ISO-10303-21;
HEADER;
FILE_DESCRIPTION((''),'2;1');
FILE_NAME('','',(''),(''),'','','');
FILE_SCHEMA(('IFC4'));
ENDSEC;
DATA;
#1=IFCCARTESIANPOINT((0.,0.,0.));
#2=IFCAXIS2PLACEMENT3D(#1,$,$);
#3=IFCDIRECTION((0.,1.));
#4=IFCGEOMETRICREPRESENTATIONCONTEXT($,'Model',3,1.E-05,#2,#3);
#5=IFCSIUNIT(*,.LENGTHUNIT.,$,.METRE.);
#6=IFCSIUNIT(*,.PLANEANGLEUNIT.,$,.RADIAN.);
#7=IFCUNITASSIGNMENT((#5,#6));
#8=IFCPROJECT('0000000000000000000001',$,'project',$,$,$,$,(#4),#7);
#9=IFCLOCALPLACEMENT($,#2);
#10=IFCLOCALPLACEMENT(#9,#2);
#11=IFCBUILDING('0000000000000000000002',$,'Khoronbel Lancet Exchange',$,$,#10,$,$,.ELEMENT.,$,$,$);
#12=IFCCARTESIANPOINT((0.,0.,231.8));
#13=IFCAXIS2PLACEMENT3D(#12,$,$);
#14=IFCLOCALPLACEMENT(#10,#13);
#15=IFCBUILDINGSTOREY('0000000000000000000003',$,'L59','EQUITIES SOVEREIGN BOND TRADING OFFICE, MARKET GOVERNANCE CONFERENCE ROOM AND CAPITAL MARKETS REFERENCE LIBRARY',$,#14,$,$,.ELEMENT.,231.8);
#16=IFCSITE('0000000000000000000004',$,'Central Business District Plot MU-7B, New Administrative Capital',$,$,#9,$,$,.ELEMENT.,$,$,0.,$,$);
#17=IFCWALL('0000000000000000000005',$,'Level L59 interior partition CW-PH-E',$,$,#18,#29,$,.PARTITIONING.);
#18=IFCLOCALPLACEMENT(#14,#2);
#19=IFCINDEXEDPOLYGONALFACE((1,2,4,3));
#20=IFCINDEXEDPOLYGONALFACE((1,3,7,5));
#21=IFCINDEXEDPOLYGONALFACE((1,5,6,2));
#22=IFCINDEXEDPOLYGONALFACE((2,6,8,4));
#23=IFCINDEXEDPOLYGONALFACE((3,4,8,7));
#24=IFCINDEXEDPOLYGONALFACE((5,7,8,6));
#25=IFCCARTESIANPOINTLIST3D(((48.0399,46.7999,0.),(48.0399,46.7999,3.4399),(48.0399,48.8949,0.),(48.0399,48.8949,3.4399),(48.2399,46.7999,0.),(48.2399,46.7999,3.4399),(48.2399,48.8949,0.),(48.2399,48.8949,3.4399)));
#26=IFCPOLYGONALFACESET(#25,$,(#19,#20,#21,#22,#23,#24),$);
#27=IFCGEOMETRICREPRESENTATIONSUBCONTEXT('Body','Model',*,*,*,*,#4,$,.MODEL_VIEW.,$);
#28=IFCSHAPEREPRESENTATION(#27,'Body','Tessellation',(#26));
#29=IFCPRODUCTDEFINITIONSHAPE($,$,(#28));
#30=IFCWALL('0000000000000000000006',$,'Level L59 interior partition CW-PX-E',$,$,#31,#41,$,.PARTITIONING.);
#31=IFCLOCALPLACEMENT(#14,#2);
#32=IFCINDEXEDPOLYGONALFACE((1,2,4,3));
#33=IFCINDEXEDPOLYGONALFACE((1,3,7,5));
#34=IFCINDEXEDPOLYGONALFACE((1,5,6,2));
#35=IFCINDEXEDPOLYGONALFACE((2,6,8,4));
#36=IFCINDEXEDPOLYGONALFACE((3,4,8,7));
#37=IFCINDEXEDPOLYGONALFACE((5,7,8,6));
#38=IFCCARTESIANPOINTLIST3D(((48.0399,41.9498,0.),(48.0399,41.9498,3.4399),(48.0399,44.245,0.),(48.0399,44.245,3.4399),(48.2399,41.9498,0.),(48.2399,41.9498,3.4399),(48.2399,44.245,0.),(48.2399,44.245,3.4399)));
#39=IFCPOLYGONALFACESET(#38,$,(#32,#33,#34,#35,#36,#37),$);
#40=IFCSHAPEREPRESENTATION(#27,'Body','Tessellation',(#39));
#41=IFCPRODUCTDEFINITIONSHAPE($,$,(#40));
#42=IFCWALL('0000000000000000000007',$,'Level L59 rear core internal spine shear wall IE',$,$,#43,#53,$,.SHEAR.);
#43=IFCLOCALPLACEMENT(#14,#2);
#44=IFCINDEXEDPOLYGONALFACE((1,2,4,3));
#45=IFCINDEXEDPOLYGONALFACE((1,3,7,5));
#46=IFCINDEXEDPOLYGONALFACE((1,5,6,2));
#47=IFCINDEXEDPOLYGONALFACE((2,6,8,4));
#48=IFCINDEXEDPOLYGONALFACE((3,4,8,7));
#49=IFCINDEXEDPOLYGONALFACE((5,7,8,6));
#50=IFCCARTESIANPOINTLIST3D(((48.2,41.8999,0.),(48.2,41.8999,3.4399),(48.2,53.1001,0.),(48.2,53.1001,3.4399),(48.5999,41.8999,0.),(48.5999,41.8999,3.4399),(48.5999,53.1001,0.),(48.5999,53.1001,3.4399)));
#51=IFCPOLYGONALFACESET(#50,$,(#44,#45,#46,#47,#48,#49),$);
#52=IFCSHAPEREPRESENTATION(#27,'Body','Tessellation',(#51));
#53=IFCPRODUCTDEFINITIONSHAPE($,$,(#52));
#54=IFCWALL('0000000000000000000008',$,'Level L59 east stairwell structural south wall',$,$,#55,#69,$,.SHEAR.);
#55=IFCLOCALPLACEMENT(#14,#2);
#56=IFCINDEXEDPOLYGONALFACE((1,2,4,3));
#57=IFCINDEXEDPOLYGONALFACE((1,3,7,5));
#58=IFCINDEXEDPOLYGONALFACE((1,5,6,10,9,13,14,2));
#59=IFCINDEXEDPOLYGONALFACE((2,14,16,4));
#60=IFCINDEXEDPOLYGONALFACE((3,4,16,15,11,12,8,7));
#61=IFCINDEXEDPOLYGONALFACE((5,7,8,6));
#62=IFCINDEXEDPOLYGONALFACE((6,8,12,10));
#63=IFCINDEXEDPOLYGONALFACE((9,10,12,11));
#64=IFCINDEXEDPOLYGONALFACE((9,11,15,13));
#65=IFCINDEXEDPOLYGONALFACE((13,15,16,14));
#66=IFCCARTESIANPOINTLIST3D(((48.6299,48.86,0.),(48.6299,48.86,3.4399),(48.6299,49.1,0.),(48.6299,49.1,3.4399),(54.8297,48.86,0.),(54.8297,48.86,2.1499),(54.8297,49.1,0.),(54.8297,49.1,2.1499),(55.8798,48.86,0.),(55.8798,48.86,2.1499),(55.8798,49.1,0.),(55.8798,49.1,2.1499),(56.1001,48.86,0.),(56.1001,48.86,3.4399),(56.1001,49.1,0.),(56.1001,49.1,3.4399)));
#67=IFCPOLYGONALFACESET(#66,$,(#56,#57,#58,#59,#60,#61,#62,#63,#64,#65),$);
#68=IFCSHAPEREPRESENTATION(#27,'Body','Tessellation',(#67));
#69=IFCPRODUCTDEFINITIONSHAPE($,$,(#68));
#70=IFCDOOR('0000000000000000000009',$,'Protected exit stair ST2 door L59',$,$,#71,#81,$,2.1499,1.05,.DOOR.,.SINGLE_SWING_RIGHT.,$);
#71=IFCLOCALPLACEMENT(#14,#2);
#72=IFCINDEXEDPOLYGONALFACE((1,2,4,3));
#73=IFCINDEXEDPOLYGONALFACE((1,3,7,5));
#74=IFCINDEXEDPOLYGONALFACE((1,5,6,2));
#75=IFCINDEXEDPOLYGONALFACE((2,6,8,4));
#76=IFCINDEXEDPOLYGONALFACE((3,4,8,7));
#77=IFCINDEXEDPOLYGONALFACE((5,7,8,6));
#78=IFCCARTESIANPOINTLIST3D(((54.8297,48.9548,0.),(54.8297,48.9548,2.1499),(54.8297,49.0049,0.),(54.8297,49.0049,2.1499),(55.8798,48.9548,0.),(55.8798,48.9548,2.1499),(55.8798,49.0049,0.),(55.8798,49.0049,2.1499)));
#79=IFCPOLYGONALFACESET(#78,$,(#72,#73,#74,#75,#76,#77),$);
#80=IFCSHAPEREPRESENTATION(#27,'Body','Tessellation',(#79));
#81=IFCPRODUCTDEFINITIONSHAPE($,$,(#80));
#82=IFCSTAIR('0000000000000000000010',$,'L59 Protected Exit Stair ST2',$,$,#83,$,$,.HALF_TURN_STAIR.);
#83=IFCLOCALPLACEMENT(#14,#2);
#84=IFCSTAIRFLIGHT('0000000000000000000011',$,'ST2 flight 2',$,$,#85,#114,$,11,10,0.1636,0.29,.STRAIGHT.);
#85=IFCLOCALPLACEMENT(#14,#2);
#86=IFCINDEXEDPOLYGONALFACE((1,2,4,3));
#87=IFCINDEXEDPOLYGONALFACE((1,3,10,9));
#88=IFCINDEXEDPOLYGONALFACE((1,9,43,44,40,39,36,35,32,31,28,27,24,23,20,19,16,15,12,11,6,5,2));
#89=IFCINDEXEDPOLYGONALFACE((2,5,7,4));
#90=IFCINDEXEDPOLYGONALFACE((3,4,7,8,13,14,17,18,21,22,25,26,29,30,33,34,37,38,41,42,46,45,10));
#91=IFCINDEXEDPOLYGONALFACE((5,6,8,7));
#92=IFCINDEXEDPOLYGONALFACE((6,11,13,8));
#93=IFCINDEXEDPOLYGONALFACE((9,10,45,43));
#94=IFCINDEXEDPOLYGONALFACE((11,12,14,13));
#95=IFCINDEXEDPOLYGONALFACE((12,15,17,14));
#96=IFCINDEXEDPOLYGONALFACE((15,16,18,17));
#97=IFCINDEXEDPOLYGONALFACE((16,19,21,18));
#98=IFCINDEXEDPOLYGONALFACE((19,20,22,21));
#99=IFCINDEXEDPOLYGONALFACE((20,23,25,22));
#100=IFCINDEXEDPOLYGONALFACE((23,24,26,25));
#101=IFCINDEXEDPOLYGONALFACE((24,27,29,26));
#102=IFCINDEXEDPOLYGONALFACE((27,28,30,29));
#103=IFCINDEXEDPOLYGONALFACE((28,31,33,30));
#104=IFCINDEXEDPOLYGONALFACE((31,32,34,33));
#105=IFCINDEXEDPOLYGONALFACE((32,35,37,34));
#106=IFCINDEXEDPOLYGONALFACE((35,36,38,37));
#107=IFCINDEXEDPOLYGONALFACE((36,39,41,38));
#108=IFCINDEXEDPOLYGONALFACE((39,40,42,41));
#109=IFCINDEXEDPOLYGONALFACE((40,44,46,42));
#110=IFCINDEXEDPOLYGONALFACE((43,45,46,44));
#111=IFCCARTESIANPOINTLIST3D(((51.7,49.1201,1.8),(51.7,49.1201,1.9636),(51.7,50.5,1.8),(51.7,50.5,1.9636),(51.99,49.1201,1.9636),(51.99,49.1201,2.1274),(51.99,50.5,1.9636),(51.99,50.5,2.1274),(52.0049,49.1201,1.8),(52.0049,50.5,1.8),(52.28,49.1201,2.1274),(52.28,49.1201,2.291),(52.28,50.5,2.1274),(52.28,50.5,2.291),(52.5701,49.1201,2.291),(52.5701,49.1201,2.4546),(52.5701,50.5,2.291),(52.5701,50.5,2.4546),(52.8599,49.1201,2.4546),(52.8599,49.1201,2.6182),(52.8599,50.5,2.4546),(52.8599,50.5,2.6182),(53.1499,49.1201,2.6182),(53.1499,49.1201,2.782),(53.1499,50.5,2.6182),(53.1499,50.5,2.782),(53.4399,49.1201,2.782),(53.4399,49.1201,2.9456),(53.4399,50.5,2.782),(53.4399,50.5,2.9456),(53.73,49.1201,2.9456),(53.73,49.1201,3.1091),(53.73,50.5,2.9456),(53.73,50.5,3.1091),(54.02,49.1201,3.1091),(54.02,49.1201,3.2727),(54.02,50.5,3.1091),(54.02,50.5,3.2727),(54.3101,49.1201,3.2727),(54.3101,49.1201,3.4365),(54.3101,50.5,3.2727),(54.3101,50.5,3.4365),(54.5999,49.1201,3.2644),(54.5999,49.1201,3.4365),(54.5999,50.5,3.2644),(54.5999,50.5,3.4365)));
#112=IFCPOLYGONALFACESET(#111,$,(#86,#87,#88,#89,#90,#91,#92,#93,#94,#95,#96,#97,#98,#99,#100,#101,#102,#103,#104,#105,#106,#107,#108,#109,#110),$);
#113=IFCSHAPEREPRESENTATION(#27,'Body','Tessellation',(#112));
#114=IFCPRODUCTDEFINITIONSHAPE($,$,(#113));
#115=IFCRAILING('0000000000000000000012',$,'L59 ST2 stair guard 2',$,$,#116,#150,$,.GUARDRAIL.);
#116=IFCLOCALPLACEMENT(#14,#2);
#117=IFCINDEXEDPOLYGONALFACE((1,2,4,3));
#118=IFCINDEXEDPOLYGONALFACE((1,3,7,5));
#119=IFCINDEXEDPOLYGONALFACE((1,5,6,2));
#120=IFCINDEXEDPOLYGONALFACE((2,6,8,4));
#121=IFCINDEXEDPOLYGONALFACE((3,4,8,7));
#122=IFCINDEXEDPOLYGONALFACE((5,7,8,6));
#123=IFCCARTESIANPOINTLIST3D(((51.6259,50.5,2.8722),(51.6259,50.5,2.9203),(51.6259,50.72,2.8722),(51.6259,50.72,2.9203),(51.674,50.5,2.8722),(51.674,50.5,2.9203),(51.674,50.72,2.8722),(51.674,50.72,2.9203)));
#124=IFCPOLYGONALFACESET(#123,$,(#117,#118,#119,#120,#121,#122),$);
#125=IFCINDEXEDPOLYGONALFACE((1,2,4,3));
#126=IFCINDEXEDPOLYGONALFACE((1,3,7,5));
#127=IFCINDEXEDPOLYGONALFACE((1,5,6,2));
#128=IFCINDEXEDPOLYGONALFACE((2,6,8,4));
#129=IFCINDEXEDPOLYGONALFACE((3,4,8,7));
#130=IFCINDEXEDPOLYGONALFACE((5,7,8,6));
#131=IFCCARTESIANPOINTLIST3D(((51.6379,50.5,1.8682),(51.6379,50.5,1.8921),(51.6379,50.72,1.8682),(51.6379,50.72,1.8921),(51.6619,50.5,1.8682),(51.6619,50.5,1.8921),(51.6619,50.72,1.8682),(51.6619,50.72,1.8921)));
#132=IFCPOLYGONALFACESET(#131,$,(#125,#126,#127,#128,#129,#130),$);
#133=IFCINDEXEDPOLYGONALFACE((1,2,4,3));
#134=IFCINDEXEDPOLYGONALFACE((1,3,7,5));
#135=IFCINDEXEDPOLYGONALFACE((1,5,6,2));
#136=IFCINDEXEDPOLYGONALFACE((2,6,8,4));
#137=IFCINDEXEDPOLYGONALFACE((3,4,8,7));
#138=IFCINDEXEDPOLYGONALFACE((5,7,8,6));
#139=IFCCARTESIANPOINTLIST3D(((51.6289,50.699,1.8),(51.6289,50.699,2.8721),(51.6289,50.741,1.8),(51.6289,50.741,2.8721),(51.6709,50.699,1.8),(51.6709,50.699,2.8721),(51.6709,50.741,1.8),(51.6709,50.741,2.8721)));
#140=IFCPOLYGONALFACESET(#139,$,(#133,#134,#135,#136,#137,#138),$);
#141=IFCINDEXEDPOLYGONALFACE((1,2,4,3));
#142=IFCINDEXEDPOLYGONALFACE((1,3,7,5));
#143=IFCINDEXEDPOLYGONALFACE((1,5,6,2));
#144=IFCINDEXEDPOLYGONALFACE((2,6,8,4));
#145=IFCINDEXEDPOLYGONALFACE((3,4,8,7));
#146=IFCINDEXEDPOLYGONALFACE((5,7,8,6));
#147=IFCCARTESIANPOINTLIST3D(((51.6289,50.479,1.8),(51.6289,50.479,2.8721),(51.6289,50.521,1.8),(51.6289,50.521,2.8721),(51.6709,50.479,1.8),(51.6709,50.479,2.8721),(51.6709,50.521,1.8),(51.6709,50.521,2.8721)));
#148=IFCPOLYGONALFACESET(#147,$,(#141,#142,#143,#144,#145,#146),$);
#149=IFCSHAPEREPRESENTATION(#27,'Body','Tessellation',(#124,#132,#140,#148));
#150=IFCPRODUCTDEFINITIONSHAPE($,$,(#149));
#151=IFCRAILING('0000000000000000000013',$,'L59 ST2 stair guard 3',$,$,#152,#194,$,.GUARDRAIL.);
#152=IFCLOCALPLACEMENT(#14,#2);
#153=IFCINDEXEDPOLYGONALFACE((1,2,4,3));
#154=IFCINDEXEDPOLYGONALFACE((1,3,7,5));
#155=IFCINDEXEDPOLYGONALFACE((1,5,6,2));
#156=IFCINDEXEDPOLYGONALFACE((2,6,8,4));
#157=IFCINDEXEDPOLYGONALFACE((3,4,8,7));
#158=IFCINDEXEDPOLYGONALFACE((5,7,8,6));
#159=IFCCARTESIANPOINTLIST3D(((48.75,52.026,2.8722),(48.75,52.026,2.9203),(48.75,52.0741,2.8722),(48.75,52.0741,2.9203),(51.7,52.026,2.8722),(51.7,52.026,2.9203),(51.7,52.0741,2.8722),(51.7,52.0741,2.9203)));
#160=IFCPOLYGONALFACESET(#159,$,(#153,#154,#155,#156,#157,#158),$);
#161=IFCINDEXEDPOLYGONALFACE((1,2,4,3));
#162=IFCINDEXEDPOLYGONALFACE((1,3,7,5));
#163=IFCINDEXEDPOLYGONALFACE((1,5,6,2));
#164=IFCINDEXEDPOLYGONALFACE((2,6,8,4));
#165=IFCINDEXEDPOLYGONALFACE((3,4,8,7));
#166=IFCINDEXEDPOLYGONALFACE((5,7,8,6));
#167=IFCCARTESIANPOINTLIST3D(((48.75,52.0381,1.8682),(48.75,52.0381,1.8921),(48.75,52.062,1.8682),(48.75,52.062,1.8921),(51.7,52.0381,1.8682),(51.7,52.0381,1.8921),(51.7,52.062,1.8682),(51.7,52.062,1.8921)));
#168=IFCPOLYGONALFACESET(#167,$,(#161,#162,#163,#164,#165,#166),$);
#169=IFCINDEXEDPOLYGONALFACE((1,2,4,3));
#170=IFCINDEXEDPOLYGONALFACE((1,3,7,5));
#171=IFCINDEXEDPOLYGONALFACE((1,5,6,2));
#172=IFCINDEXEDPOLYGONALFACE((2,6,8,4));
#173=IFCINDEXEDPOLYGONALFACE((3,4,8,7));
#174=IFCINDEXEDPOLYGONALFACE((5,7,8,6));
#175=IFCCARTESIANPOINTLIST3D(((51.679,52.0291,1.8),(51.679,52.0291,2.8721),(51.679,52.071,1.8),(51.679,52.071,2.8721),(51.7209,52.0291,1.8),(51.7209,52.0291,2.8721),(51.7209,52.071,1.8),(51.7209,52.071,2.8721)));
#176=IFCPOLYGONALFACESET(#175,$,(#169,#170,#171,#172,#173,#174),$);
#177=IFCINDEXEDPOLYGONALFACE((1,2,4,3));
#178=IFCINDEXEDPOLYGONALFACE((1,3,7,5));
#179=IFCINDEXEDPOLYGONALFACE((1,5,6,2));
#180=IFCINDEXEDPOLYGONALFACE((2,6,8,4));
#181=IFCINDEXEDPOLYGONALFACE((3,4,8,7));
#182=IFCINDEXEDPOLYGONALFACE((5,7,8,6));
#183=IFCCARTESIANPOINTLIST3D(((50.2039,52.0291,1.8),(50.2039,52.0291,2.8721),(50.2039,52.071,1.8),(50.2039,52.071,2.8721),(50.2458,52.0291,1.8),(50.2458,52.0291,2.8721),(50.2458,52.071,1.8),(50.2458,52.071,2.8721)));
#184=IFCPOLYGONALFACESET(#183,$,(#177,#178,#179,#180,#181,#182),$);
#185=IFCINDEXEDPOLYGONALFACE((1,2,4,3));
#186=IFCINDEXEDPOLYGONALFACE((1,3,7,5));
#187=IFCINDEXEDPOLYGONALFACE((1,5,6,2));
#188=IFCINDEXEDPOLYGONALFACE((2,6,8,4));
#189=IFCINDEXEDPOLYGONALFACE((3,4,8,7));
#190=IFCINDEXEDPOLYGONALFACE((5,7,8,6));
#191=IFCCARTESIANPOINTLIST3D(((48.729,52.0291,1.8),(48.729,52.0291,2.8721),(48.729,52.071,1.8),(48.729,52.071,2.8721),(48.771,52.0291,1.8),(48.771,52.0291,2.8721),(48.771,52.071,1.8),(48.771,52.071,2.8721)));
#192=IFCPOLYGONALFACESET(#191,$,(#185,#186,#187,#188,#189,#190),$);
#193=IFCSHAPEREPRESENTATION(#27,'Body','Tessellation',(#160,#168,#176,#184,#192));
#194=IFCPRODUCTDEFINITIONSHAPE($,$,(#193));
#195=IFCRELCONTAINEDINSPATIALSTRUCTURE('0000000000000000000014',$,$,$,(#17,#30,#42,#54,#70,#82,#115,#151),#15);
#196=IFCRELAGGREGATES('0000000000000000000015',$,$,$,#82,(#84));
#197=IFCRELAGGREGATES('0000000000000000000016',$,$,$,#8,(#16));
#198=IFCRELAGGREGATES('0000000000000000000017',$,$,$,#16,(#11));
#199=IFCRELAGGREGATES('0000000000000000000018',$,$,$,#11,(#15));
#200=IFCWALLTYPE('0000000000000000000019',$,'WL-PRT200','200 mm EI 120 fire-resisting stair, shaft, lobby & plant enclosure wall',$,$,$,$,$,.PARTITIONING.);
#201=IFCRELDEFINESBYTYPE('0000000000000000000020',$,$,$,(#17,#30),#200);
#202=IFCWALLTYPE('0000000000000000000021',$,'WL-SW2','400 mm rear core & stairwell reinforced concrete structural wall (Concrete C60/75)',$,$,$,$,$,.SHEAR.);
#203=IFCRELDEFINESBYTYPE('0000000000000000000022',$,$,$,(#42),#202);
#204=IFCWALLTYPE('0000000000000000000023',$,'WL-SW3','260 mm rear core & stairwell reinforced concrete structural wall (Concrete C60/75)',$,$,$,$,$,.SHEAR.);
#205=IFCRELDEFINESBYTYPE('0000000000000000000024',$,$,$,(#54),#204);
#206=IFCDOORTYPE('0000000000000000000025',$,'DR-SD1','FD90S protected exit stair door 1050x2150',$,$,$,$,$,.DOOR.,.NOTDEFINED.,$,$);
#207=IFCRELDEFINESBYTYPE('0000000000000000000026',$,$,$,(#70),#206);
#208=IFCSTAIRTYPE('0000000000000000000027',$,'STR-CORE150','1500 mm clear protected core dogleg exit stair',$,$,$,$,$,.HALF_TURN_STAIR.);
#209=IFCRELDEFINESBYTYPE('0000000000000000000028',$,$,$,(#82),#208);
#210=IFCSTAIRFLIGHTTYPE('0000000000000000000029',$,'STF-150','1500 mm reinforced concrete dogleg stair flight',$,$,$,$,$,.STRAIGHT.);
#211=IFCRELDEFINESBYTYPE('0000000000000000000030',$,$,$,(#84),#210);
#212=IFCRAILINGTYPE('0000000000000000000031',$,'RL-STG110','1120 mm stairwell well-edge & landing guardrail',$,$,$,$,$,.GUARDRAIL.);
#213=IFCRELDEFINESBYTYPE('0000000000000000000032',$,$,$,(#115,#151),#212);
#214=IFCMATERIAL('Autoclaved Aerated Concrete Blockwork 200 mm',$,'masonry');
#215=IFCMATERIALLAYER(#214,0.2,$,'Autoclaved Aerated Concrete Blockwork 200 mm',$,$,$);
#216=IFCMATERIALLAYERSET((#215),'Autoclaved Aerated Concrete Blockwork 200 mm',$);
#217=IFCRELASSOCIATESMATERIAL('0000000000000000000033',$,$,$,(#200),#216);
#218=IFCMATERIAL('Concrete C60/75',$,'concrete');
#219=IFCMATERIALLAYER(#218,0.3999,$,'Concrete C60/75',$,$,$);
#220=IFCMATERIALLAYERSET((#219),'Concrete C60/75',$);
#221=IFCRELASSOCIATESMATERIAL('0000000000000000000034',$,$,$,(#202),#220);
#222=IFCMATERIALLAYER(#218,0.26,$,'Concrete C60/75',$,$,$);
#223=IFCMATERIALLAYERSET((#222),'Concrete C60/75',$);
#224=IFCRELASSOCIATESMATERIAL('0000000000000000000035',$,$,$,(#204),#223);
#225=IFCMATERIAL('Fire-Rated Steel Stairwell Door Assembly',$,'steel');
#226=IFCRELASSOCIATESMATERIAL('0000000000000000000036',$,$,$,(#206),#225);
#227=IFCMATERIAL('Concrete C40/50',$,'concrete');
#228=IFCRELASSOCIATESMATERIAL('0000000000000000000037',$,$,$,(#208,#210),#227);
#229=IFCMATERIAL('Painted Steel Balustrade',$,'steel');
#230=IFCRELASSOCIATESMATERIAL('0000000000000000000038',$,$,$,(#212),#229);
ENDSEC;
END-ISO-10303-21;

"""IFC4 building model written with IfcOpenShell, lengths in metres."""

from ifc_helpers import new_model, si_unit, direction, frame, frame_2d, origin, origin_2d, place, context, subcontext, project, spatial, polyline, rectangle, outline, extrude, material, layer, layer_set, type_object, element, fill, aggregate, save


model = new_model("IFC4")

# Units and contexts
model_context = context("Model", 3, precision=1e-05, world=origin(), true_north=direction((0.0, 1.0)))
body_context = subcontext(model_context, "Body", "Model", "MODEL_VIEW")
ifc_project = project(units=[si_unit("LENGTHUNIT", "METRE"), si_unit("PLANEANGLEUNIT", "RADIAN")], contexts=[model_context])

# Site, building, storey
site_placement = place(None, origin())
site = spatial("IfcSite", under=ifc_project, at=site_placement, Name="Central Business District Plot MU-7B, New Administrative Capital", CompositionType="ELEMENT", RefElevation=0.0)
building_placement = place(site_placement, origin())
building = spatial("IfcBuilding", under=site, at=building_placement, Name="Khoronbel Lancet Exchange", CompositionType="ELEMENT")
storey_placement = place(building_placement, frame((0.0, 0.0, 231.8)))
storey = spatial("IfcBuildingStorey", under=building, at=storey_placement, Name="L59", Description="EQUITIES SOVEREIGN BOND TRADING OFFICE, MARKET GOVERNANCE CONFERENCE ROOM AND CAPITAL MARKETS REFERENCE LIBRARY", CompositionType="ELEMENT", Elevation=231.8)

# Shared definitions
ifc_material_1 = material(Name="Autoclaved Aerated Concrete Blockwork 200 mm", Category="masonry")
ifc_layer_1 = layer(ifc_material_1, 0.2, Name="Autoclaved Aerated Concrete Blockwork 200 mm")
ifc_layer_set_1 = layer_set([ifc_layer_1], Name="Autoclaved Aerated Concrete Blockwork 200 mm")
wall_type_1 = type_object("IfcWallType", Name="WL-PRT200", Description="200 mm EI 120 fire-resisting stair, shaft, lobby & plant enclosure wall", PredefinedType="PARTITIONING", material=ifc_layer_set_1)

# Walls
wall_1_placement = place(storey_placement, frame((48.1399, 46.8, 0.0), z_axis=(0.0, 0.0, 1.0), x_axis=(0.0, 1.0, 0.0)))
element("IfcWall", 1, at=wall_1_placement, inside=storey, type_object=wall_type_1, Name="Level L59 interior partition CW-PH-E", PredefinedType="PARTITIONING", context=body_context, shape_type="SweptSolid", body=[
    extrude(rectangle(XDim=2.095, YDim=0.2, at=frame_2d((1.0474, 0.0))), origin(), (0.0, 0.0, 1.0), 3.4399),
])
wall_2_placement = place(storey_placement, frame((48.1399, 41.95, 0.0), z_axis=(0.0, 0.0, 1.0), x_axis=(0.0, 1.0, 0.0)))
element("IfcWall", 2, at=wall_2_placement, inside=storey, type_object=wall_type_1, Name="Level L59 interior partition CW-PX-E", PredefinedType="PARTITIONING", context=body_context, shape_type="SweptSolid", body=[
    extrude(rectangle(XDim=2.2952, YDim=0.2, at=frame_2d((1.1475, 0.0))), origin(), (0.0, 0.0, 1.0), 3.4399),
])
ifc_material_2 = material(Name="Concrete C60/75", Category="concrete")
ifc_layer_2 = layer(ifc_material_2, 0.3999, Name="Concrete C60/75")
ifc_layer_set_2 = layer_set([ifc_layer_2], Name="Concrete C60/75")
wall_type_2 = type_object("IfcWallType", Name="WL-SW2", Description="400 mm rear core & stairwell reinforced concrete structural wall (Concrete C60/75)", PredefinedType="SHEAR", material=ifc_layer_set_2)
wall_3_placement = place(storey_placement, frame((48.3999, 41.8999, 0.0), z_axis=(0.0, 0.0, 1.0), x_axis=(0.0, 1.0, 0.0)))
element("IfcWall", 3, at=wall_3_placement, inside=storey, type_object=wall_type_2, Name="Level L59 rear core internal spine shear wall IE", PredefinedType="SHEAR", context=body_context, shape_type="SweptSolid", body=[
    extrude(rectangle(XDim=11.2002, YDim=0.3999, at=frame_2d((5.6001, 0.0))), origin(), (0.0, 0.0, 1.0), 3.4399),
])

# Wall, opening, door
ifc_layer_3 = layer(ifc_material_2, 0.26, Name="Concrete C60/75")
ifc_layer_set_3 = layer_set([ifc_layer_3], Name="Concrete C60/75")
wall_type_3 = type_object("IfcWallType", Name="WL-SW3", Description="260 mm rear core & stairwell reinforced concrete structural wall (Concrete C60/75)", PredefinedType="SHEAR", material=ifc_layer_set_3)
wall_4_placement = place(storey_placement, frame((48.6299, 48.98, 0.0), z_axis=(0.0, 0.0, 1.0), x_axis=(1.0, 0.0, 0.0)))
wall_4 = element("IfcWall", 4, at=wall_4_placement, inside=storey, type_object=wall_type_3, Name="Level L59 east stairwell structural south wall", PredefinedType="SHEAR", context=body_context, shape_type="SweptSolid", body=[
    extrude(rectangle(XDim=7.4702, YDim=0.24, at=frame_2d((3.7351, 0.0))), origin(), (0.0, 0.0, 1.0), 3.4399),
])
opening_1_placement = place(wall_4_placement, frame((6.2, 0.0, 0.0)))
opening_1 = element("IfcOpeningElement", 5, at=opening_1_placement, cuts=wall_4, PredefinedType="OPENING", context=body_context, shape_type="SweptSolid", body=[
    extrude(rectangle(XDim=1.05, YDim=2.1499, at=frame_2d((0.5249, 1.075))), frame((0.0, 0.1299, 0.0), z_axis=(0.0, -1.0, 0.0), x_axis=(1.0, 0.0, 0.0)), (0.0, 0.0, 1.0), 0.26),
])
ifc_material_3 = material(Name="Fire-Rated Steel Stairwell Door Assembly", Category="steel")
door_type_1 = type_object("IfcDoorType", Name="DR-SD1", Description="FD90S protected exit stair door 1050x2150", OperationType="NOTDEFINED", PredefinedType="DOOR", material=ifc_material_3)
door_1_placement = place(opening_1_placement, origin())
door_1 = element("IfcDoor", 6, at=door_1_placement, inside=storey, type_object=door_type_1, Name="Protected exit stair ST2 door L59", OperationType="SINGLE_SWING_RIGHT", OverallHeight=2.1499, OverallWidth=1.05, PredefinedType="DOOR", context=body_context, shape_type="SweptSolid", body=[
    extrude(rectangle(XDim=1.05, YDim=2.1499, at=frame_2d((0.5249, 1.075))), frame((0.0, 0.0249, 0.0), z_axis=(0.0, -1.0, 0.0), x_axis=(1.0, 0.0, 0.0)), (0.0, 0.0, 1.0), 0.05),
])
fill(opening_1, door_1)

# Stair, stair flight
ifc_material_4 = material(Name="Concrete C40/50", Category="concrete")
stair_type = type_object("IfcStairType", Name="STR-CORE150", Description="1500 mm clear protected core dogleg exit stair", PredefinedType="HALF_TURN_STAIR", material=ifc_material_4)
stair_placement = place(storey_placement, origin())
stair = element("IfcStair", 7, at=stair_placement, inside=storey, type_object=stair_type, Name="L59 Protected Exit Stair ST2", PredefinedType="HALF_TURN_STAIR")
stair_flight_type = type_object("IfcStairFlightType", Name="STF-150", Description="1500 mm reinforced concrete dogleg stair flight", PredefinedType="STRAIGHT", material=ifc_material_4)
stair_flight_placement = place(storey_placement, frame((51.7, 49.8101, 1.8), z_axis=(0.0, 0.0, 1.0), x_axis=(1.0, 0.0, 0.0)))
stair_flight = element("IfcStairFlight", 8, at=stair_flight_placement, type_object=stair_flight_type, Name="ST2 flight 2", NumberOfRisers=11, NumberOfTreads=10, PredefinedType="STRAIGHT", RiserHeight=0.1636, TreadLength=0.29, context=body_context, shape_type="SweptSolid", body=[
    extrude(outline(polyline([(0.0, 0.0), (0.0, 0.1636), (0.29, 0.1636), (0.29, 0.3274), (0.5801, 0.3274), (0.5801, 0.491), (0.8701, 0.491), (0.8701, 0.6545), (1.1599, 0.6545), (1.1599, 0.8181), (1.45, 0.8181), (1.45, 0.9819), (1.74, 0.9819), (1.74, 1.1455), (2.03, 1.1455), (2.03, 1.3091), (2.3201, 1.3091), (2.3201, 1.4727), (2.6101, 1.4727), (2.6101, 1.6365), (2.8999, 1.6365), (2.8999, 1.8), (2.8999, 1.4644), (0.3049, 0.0), (0.0, 0.0)])), frame((0.0, 0.6899, 0.0), z_axis=(0.0, -1.0, 0.0), x_axis=(1.0, 0.0, 0.0)), (0.0, 0.0, 1.0), 1.3799),
])
aggregate(stair, [stair_flight])

# Railings
ifc_material_5 = material(Name="Painted Steel Balustrade", Category="steel")
railing_type_1 = type_object("IfcRailingType", Name="RL-STG110", Description="1120 mm stairwell well-edge & landing guardrail", PredefinedType="GUARDRAIL", material=ifc_material_5)
railing_1_placement = place(storey_placement, frame((51.6499, 50.72, 1.8)))
element("IfcRailing", 9, at=railing_1_placement, inside=storey, type_object=railing_type_1, Name="L59 ST2 stair guard 2", PredefinedType="GUARDRAIL", context=body_context, shape_type="SweptSolid", body=[
    extrude(rectangle(XDim=0.0481, YDim=0.0481, at=origin_2d()), frame((0.0, 0.0, 1.0962), z_axis=(0.0, -1.0, 0.0), x_axis=(1.0, 0.0, 0.0)), (0.0, 0.0, 1.0), 0.22),
    extrude(rectangle(XDim=0.0239, YDim=0.0239, at=origin_2d()), frame((0.0, 0.0, 0.0801), z_axis=(0.0, -1.0, 0.0), x_axis=(1.0, 0.0, 0.0)), (0.0, 0.0, 1.0), 0.22),
    extrude(rectangle(XDim=0.042, YDim=0.042, at=origin_2d()), origin(), (0.0, 0.0, 1.0), 1.072),
    extrude(rectangle(XDim=0.042, YDim=0.042, at=origin_2d()), frame((0.0, -0.22, 0.0)), (0.0, 0.0, 1.0), 1.072),
])
railing_2_placement = place(storey_placement, frame((51.7, 52.05, 1.8)))
element("IfcRailing", 10, at=railing_2_placement, inside=storey, type_object=railing_type_1, Name="L59 ST2 stair guard 3", PredefinedType="GUARDRAIL", context=body_context, shape_type="SweptSolid", body=[
    extrude(rectangle(XDim=0.0481, YDim=0.0481, at=origin_2d()), frame((0.0, 0.0, 1.0962), z_axis=(-1.0, 0.0, 0.0), x_axis=(0.0, -1.0, 0.0)), (0.0, 0.0, 1.0), 2.95),
    extrude(rectangle(XDim=0.0239, YDim=0.0239, at=origin_2d()), frame((0.0, 0.0, 0.0801), z_axis=(-1.0, 0.0, 0.0), x_axis=(0.0, -1.0, 0.0)), (0.0, 0.0, 1.0), 2.95),
    extrude(rectangle(XDim=0.042, YDim=0.042, at=origin_2d()), origin(), (0.0, 0.0, 1.0), 1.072),
    extrude(rectangle(XDim=0.042, YDim=0.042, at=origin_2d()), frame((-1.4751, 0.0, 0.0)), (0.0, 0.0, 1.0), 1.072),
    extrude(rectangle(XDim=0.042, YDim=0.042, at=origin_2d()), frame((-2.95, 0.0, 0.0)), (0.0, 0.0, 1.0), 1.072),
])

save(model, "model.ifc")
